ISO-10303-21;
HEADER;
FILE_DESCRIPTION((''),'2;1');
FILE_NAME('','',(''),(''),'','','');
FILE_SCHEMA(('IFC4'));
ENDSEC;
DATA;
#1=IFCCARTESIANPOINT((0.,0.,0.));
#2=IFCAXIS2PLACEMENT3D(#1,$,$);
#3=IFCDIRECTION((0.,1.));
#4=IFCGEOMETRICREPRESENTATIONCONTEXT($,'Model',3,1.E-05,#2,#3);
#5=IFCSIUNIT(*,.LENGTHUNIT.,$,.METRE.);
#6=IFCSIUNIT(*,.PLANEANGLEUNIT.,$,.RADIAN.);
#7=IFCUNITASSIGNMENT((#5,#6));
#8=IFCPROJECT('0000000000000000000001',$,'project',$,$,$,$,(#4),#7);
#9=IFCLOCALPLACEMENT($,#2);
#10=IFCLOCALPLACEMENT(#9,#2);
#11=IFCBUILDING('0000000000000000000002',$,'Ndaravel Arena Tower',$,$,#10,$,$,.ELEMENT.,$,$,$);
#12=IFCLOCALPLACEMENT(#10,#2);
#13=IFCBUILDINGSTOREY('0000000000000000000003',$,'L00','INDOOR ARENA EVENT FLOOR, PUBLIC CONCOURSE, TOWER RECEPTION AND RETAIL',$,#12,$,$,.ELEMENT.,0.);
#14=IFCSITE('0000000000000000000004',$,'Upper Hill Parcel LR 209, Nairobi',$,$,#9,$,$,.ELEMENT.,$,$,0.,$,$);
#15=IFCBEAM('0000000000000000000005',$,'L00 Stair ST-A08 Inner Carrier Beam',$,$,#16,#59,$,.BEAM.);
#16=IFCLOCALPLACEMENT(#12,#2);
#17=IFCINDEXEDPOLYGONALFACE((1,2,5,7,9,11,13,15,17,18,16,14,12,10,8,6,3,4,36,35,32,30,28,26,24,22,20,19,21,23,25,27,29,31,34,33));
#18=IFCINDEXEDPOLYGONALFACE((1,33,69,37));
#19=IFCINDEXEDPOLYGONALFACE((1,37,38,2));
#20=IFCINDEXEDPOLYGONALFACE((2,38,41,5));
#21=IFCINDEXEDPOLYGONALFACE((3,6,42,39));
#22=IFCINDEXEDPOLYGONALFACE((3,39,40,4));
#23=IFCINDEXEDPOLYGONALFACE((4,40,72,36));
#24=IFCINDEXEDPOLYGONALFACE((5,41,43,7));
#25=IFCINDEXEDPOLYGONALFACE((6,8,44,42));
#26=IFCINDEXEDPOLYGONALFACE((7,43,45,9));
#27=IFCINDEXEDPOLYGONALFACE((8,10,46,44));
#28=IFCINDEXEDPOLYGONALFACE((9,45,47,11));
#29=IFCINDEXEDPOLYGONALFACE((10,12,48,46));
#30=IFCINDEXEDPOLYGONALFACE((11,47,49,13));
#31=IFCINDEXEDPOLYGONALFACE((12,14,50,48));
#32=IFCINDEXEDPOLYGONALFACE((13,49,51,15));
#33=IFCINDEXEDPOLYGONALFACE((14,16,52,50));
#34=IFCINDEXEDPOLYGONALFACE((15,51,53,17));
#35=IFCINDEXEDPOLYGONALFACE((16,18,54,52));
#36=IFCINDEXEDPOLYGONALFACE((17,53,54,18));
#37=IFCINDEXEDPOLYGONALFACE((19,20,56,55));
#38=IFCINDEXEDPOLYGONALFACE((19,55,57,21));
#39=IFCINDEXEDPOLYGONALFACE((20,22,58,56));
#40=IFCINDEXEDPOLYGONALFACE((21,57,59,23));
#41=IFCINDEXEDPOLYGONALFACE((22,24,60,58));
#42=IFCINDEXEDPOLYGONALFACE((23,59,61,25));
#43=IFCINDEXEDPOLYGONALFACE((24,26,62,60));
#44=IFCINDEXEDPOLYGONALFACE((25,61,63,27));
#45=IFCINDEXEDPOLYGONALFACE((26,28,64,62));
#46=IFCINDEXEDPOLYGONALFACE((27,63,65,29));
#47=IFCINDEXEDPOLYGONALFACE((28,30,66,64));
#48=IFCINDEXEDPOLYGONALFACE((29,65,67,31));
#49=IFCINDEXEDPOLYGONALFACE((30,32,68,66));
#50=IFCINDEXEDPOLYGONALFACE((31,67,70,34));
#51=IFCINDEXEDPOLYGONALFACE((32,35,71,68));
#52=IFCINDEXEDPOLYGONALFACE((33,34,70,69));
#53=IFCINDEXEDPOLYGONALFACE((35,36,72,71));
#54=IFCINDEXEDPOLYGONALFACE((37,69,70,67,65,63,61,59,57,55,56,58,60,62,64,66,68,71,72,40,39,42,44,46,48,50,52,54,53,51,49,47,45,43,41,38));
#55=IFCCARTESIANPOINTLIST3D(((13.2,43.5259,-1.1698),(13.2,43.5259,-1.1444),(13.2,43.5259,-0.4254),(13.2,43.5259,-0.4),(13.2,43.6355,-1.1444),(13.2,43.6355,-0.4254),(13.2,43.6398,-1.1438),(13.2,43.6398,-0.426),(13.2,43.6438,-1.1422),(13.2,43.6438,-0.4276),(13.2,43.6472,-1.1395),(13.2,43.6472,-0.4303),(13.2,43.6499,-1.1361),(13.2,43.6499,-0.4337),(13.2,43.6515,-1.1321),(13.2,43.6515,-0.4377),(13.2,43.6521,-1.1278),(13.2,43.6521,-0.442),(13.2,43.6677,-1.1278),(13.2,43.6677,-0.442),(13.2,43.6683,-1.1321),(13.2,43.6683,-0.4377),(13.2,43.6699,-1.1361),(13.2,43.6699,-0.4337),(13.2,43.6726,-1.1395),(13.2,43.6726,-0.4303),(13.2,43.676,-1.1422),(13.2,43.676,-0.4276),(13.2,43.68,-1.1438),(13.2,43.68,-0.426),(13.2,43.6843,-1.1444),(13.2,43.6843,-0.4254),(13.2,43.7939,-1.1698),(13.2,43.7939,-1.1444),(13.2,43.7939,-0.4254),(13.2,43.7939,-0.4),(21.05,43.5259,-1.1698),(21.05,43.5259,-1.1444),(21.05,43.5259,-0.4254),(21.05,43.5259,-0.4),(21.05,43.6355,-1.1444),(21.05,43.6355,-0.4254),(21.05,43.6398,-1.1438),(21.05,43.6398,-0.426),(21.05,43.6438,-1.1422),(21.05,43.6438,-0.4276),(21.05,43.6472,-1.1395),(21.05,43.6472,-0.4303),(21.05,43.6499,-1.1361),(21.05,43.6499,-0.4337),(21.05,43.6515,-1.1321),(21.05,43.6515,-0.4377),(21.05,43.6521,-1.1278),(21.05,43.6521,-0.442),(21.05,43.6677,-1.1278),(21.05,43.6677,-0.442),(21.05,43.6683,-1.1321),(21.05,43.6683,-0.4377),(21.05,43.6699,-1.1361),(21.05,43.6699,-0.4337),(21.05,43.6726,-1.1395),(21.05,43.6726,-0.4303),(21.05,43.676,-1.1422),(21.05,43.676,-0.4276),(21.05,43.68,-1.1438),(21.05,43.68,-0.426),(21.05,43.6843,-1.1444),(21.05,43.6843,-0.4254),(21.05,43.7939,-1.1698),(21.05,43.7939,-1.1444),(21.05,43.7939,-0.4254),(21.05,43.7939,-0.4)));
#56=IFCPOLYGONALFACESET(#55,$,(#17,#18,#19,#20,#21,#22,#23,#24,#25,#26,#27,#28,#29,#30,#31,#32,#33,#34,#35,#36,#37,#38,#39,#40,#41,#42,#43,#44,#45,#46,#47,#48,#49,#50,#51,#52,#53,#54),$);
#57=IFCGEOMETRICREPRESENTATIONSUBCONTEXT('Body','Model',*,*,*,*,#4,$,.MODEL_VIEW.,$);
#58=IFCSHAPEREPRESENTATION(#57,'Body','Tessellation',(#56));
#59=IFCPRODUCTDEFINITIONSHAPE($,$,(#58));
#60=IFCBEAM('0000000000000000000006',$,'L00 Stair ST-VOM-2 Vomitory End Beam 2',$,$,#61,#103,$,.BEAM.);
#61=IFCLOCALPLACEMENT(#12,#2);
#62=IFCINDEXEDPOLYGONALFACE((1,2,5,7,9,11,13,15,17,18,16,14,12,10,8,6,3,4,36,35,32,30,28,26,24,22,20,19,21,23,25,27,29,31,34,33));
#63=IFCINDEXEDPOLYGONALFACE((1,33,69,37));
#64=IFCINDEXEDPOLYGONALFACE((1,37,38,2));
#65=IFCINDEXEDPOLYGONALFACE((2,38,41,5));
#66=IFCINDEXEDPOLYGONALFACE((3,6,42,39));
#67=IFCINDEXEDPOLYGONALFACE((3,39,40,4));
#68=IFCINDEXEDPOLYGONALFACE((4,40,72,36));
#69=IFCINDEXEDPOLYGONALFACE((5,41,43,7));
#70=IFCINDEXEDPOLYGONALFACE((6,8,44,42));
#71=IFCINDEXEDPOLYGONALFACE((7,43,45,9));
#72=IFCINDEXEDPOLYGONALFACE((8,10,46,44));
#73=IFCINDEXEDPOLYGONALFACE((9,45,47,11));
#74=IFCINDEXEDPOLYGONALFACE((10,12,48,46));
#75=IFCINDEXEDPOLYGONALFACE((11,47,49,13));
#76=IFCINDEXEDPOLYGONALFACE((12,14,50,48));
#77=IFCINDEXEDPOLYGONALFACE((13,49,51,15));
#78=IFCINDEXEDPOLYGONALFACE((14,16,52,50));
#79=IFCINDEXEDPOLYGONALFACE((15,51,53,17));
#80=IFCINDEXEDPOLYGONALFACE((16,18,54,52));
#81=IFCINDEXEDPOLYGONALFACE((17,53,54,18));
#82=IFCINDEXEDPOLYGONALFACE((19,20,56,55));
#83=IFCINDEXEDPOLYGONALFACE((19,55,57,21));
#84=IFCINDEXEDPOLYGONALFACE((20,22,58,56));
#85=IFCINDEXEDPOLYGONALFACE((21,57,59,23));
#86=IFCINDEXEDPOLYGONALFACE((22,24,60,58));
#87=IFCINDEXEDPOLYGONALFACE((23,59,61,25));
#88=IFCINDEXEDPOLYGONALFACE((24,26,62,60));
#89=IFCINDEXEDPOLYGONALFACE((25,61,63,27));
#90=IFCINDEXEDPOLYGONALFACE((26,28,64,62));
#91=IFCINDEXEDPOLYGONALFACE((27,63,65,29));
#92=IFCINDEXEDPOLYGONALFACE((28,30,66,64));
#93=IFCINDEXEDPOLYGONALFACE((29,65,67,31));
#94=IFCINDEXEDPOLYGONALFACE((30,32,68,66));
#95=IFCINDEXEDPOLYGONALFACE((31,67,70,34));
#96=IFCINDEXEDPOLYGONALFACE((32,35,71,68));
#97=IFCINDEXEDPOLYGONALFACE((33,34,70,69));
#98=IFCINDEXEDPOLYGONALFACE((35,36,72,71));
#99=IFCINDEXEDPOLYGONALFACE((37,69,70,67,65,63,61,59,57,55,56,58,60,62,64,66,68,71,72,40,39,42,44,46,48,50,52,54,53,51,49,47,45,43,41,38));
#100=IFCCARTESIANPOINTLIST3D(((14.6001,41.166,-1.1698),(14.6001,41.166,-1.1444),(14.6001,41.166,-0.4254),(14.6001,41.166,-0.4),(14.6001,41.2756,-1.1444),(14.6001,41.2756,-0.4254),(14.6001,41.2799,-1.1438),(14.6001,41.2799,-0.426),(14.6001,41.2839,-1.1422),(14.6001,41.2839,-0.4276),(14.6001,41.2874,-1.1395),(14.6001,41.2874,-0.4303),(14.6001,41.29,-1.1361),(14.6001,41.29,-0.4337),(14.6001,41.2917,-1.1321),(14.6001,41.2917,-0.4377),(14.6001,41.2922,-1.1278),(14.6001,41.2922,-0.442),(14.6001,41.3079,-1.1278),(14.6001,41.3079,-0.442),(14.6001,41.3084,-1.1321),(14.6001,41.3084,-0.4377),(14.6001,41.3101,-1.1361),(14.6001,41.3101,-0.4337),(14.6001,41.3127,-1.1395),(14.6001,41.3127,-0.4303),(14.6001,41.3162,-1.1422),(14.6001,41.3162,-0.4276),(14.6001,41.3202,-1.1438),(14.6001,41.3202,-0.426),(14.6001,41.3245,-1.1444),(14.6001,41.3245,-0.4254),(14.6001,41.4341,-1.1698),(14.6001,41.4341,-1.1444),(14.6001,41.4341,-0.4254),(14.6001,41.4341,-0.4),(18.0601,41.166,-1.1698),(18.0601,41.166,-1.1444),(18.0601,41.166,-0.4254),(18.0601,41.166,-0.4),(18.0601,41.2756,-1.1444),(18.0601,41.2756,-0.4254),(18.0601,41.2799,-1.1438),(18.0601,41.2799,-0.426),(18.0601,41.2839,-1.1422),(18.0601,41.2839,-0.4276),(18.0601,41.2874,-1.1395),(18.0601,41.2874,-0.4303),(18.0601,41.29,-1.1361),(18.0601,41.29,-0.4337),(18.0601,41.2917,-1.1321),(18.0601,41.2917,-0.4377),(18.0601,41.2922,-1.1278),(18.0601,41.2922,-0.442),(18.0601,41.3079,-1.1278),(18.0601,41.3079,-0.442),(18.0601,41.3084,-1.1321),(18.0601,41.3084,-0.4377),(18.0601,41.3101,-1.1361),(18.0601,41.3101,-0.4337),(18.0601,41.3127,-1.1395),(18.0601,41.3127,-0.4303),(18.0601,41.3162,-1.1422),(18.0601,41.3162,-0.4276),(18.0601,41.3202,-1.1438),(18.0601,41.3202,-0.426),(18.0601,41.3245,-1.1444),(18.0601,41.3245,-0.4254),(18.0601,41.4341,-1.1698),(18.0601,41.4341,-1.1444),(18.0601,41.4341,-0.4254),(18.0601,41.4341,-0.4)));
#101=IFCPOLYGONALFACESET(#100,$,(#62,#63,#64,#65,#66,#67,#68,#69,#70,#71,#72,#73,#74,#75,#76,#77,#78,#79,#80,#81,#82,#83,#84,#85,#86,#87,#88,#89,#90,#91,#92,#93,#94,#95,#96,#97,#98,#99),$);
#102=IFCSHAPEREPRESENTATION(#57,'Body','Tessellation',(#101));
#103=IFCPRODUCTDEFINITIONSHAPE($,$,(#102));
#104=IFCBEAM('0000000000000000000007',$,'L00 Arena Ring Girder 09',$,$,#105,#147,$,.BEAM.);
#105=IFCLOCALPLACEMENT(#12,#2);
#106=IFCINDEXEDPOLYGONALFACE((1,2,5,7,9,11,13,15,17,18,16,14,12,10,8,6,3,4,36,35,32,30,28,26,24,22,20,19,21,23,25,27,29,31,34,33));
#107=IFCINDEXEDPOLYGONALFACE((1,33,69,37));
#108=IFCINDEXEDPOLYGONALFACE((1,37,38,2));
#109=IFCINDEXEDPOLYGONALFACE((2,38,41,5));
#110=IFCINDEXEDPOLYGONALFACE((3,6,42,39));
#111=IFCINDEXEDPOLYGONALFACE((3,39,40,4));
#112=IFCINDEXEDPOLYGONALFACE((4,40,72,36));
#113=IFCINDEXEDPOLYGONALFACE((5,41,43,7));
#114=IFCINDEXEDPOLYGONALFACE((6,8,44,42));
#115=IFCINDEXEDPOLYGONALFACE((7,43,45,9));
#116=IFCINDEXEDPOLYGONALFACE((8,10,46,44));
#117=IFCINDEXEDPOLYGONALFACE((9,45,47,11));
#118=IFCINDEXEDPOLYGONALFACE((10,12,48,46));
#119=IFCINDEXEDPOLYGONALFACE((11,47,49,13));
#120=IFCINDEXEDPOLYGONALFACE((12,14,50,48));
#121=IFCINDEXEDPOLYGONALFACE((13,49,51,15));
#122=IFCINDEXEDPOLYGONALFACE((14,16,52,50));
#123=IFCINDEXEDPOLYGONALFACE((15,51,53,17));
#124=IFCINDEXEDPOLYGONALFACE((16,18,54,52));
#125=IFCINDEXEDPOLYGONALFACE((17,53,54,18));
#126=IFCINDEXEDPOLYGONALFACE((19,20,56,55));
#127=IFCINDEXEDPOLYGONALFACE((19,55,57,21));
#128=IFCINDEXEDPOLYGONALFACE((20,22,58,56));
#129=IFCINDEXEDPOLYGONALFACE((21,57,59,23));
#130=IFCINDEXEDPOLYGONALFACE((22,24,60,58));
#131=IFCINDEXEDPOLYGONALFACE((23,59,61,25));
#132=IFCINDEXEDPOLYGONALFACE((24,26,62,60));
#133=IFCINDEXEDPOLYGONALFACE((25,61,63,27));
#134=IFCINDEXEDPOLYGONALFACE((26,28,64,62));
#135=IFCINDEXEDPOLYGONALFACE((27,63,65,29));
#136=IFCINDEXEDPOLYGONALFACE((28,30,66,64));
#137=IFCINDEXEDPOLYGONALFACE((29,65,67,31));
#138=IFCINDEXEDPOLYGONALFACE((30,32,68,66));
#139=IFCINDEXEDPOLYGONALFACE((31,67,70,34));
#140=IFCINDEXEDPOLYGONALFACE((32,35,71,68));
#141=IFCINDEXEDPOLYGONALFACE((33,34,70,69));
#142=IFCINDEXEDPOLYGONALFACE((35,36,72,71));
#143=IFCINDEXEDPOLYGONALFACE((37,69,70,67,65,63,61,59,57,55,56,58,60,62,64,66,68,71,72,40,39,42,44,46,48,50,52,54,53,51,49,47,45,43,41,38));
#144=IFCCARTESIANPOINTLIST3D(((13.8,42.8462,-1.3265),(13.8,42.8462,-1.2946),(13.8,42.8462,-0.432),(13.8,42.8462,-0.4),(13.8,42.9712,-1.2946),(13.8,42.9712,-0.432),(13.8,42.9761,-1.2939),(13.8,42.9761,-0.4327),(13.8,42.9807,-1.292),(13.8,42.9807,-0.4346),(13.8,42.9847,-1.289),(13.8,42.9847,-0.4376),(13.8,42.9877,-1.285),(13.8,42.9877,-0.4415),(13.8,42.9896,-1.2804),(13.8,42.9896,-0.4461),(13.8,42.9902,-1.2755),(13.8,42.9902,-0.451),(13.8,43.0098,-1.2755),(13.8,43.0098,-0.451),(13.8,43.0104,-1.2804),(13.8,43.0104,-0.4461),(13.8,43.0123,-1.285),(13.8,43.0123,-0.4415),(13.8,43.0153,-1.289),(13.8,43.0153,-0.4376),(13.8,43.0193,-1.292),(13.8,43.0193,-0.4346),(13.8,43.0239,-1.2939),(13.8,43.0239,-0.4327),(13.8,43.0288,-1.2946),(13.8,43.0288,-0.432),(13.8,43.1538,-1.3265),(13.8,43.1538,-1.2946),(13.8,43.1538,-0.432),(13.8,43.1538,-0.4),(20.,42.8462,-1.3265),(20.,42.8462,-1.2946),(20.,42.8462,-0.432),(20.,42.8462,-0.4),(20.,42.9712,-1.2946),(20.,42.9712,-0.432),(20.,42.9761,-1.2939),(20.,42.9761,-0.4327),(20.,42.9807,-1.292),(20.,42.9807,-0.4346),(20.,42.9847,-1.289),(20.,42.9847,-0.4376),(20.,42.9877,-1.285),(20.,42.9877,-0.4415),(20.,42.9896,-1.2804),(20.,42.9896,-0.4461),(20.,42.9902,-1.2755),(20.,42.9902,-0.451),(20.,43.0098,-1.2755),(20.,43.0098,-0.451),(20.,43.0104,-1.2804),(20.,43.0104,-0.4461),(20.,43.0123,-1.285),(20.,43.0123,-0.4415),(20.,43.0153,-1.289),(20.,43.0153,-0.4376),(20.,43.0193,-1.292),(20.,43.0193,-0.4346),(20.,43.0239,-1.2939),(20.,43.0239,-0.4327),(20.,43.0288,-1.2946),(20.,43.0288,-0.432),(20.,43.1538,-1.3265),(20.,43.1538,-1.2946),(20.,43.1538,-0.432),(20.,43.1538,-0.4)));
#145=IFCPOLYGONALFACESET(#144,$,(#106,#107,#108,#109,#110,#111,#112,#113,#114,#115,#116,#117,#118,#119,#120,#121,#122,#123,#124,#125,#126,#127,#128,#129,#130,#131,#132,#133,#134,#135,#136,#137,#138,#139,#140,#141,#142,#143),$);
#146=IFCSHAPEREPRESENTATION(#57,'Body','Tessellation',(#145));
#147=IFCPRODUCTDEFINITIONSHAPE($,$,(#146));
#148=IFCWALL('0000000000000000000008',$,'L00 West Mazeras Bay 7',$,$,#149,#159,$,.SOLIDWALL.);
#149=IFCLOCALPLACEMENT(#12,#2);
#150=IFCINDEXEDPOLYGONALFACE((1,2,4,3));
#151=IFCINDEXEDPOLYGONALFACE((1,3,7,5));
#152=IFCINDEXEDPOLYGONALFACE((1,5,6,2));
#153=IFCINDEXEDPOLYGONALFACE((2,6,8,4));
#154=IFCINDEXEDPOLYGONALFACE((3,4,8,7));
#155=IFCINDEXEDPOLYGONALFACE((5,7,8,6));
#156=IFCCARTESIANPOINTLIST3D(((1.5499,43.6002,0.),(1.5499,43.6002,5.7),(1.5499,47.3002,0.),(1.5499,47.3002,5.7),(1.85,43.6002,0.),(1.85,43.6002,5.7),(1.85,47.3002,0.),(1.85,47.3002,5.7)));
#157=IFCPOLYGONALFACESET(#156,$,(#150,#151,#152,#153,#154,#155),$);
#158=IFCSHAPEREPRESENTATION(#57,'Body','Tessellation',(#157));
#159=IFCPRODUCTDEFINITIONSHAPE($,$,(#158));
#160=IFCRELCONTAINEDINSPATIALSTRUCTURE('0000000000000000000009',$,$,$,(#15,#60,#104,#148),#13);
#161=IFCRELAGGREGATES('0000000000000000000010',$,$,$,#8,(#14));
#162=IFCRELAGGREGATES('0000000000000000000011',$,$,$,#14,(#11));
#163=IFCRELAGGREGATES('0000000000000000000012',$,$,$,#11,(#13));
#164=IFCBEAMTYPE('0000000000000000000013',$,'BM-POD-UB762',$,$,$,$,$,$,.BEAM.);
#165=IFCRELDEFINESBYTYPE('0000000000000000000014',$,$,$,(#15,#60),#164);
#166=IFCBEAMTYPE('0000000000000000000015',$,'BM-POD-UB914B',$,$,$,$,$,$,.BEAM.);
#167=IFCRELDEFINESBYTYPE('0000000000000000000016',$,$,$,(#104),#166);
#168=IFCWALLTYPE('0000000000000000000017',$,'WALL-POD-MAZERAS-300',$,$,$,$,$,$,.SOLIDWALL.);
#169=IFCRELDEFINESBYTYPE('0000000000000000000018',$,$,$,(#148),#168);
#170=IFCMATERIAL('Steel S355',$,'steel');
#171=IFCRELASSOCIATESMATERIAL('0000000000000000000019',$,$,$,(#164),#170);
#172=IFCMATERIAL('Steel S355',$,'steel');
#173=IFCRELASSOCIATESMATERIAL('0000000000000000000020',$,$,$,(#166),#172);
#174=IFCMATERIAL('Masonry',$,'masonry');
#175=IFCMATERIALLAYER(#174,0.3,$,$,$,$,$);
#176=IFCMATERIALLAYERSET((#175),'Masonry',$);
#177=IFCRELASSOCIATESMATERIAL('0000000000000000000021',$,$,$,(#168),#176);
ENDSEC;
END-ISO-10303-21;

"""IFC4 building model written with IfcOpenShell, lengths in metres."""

from ifc_helpers import new_model, si_unit, direction, frame, frame_2d, origin, origin_2d, place, context, subcontext, project, spatial, rectangle, i_section, extrude, material, layer, layer_set, material_profile, profile_set, type_object, element, save


model = new_model("IFC4")

# Units and contexts
model_context = context("Model", 3, precision=1e-05, world=origin(), true_north=direction((0.0, 1.0)))
body_context = subcontext(model_context, "Body", "Model", "MODEL_VIEW")
ifc_project = project(units=[si_unit("LENGTHUNIT", "METRE"), si_unit("PLANEANGLEUNIT", "RADIAN")], contexts=[model_context])

# Site, building, storey
site_placement = place(None, origin())
site = spatial("IfcSite", under=ifc_project, at=site_placement, Name="Upper Hill Parcel LR 209, Nairobi", CompositionType="ELEMENT", RefElevation=0.0)
building_placement = place(site_placement, origin())
building = spatial("IfcBuilding", under=site, at=building_placement, Name="Ndaravel Arena Tower", CompositionType="ELEMENT")
storey_placement = place(building_placement, origin())
storey = spatial("IfcBuildingStorey", under=building, at=storey_placement, Name="L00", Description="INDOOR ARENA EVENT FLOOR, PUBLIC CONCOURSE, TOWER RECEPTION AND RETAIL", CompositionType="ELEMENT", Elevation=0.0)

# Beams
ifc_material_1 = material(Name="Steel S355", Category="steel")
ifc_material_profile_1 = material_profile(ifc_material_1, i_section(OverallWidth=0.2681, OverallDepth=0.7698, WebThickness=0.0156, FlangeThickness=0.0254, FilletRadius=0.0166, at=origin_2d()), Name="UB 762x267x197")
ifc_profile_set_1 = profile_set([ifc_material_profile_1], Name="Steel S355")
beam_type_1 = type_object("IfcBeamType", Name="BM-POD-UB762", PredefinedType="BEAM", material=ifc_profile_set_1)
beam_1_placement = place(storey_placement, frame((13.2, 43.6599, -0.7849), z_axis=(1.0, 0.0, 0.0), x_axis=(0.0, 1.0, 0.0)))
element("IfcBeam", 1, at=beam_1_placement, inside=storey, type_object=beam_type_1, Name="L00 Stair ST-A08 Inner Carrier Beam", PredefinedType="BEAM", context=body_context, shape_type="SweptSolid", body=[
    extrude(i_section(OverallWidth=0.2681, OverallDepth=0.7698, WebThickness=0.0156, FlangeThickness=0.0254, FilletRadius=0.0166, at=origin_2d()), origin(), (0.0, 0.0, 1.0), 7.8501),
])
beam_2_placement = place(storey_placement, frame((14.6001, 41.3, -0.7849), z_axis=(1.0, 0.0, 0.0), x_axis=(0.0, 1.0, 0.0)))
element("IfcBeam", 2, at=beam_2_placement, inside=storey, type_object=beam_type_1, Name="L00 Stair ST-VOM-2 Vomitory End Beam 2", PredefinedType="BEAM", context=body_context, shape_type="SweptSolid", body=[
    extrude(i_section(OverallWidth=0.2681, OverallDepth=0.7698, WebThickness=0.0156, FlangeThickness=0.0254, FilletRadius=0.0166, at=origin_2d()), origin(), (0.0, 0.0, 1.0), 3.46),
])
ifc_material_2 = material(Name="Steel S355", Category="steel")
ifc_material_profile_2 = material_profile(ifc_material_2, i_section(OverallWidth=0.3076, OverallDepth=0.9265, WebThickness=0.0195, FlangeThickness=0.032, FilletRadius=0.019, at=origin_2d()), Name="UB 914x305x289")
ifc_profile_set_2 = profile_set([ifc_material_profile_2], Name="Steel S355")
beam_type_2 = type_object("IfcBeamType", Name="BM-POD-UB914B", PredefinedType="BEAM", material=ifc_profile_set_2)
beam_3_placement = place(storey_placement, frame((13.8, 43.0, -0.8633), z_axis=(1.0, 0.0, 0.0), x_axis=(0.0, 1.0, 0.0)))
element("IfcBeam", 3, at=beam_3_placement, inside=storey, type_object=beam_type_2, Name="L00 Arena Ring Girder 09", PredefinedType="BEAM", context=body_context, shape_type="SweptSolid", body=[
    extrude(i_section(OverallWidth=0.3076, OverallDepth=0.9265, WebThickness=0.0195, FlangeThickness=0.032, FilletRadius=0.019, at=origin_2d()), origin(), (0.0, 0.0, 1.0), 6.2),
])

# Shared definitions
ifc_material_3 = material(Name="Masonry", Category="masonry")
ifc_layer_1 = layer(ifc_material_3, 0.3)
ifc_layer_set_1 = layer_set([ifc_layer_1], Name="Masonry")
wall_type_1 = type_object("IfcWallType", Name="WALL-POD-MAZERAS-300", PredefinedType="SOLIDWALL", material=ifc_layer_set_1)

# Wall
wall_1_placement = place(storey_placement, frame((1.7, 43.6001, 0.0), z_axis=(0.0, 0.0, 1.0), x_axis=(0.0, 1.0, 0.0)))
element("IfcWall", 4, at=wall_1_placement, inside=storey, type_object=wall_type_1, Name="L00 West Mazeras Bay 7", PredefinedType="SOLIDWALL", context=body_context, shape_type="SweptSolid", body=[
    extrude(rectangle(XDim=3.7, YDim=0.3, at=frame_2d((1.8501, 0.0))), origin(), (0.0, 0.0, 1.0), 5.7),
])

save(model, "model.ifc")
